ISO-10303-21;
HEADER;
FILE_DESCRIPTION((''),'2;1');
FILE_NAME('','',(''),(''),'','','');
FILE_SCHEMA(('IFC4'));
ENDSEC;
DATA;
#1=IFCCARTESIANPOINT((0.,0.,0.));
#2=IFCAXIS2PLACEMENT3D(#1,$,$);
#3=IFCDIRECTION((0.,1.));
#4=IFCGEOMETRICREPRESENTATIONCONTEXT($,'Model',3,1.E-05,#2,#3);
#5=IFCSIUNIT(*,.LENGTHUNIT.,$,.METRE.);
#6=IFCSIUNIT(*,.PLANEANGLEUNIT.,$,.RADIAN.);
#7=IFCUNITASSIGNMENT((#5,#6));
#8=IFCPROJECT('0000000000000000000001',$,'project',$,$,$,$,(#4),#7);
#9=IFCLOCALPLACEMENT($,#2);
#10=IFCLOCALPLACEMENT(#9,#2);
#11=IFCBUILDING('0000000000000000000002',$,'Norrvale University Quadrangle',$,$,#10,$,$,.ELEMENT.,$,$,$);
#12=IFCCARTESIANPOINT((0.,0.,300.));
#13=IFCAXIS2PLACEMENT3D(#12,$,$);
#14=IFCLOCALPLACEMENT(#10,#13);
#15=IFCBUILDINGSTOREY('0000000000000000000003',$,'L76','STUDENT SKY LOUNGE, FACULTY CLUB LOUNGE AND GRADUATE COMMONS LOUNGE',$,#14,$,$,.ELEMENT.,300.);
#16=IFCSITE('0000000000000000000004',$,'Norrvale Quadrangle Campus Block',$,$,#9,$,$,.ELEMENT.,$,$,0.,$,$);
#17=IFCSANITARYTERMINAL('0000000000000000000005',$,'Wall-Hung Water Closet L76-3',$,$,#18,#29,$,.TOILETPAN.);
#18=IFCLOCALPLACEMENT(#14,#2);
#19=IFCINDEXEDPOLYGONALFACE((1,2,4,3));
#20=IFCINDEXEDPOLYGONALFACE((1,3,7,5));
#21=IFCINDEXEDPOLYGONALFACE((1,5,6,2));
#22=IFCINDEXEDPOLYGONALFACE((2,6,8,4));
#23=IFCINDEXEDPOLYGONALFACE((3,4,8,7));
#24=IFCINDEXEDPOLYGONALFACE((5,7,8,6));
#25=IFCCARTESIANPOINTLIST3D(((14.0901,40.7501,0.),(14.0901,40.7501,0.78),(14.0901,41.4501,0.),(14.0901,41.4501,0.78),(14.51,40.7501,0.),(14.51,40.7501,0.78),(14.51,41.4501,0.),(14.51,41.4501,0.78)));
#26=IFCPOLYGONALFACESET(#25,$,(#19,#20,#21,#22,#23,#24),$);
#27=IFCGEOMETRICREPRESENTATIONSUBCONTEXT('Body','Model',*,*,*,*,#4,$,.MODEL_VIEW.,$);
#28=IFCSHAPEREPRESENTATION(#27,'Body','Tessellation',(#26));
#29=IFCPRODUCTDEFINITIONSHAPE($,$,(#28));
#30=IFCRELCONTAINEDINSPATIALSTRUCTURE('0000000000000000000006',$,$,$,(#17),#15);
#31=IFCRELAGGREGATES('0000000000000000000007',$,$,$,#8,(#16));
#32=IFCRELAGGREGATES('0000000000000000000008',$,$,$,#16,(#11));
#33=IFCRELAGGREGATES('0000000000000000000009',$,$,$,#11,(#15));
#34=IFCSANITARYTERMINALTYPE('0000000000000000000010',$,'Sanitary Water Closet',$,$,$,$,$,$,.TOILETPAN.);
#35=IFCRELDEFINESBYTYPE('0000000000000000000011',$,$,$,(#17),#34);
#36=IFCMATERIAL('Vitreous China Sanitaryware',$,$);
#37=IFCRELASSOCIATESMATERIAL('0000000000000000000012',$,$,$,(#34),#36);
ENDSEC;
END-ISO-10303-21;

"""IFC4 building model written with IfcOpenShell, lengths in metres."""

from ifc_helpers import new_model, si_unit, direction, frame, origin, origin_2d, place, context, subcontext, project, spatial, rectangle, extrude, material, type_object, element, save


model = new_model("IFC4")

# Units and contexts
model_context = context("Model", 3, precision=1e-05, world=origin(), true_north=direction((0.0, 1.0)))
body_context = subcontext(model_context, "Body", "Model", "MODEL_VIEW")
ifc_project = project(units=[si_unit("LENGTHUNIT", "METRE"), si_unit("PLANEANGLEUNIT", "RADIAN")], contexts=[model_context])

# Site, building, storey
site_placement = place(None, origin())
site = spatial("IfcSite", under=ifc_project, at=site_placement, Name="Norrvale Quadrangle Campus Block", CompositionType="ELEMENT", RefElevation=0.0)
building_placement = place(site_placement, origin())
building = spatial("IfcBuilding", under=site, at=building_placement, Name="Norrvale University Quadrangle", CompositionType="ELEMENT")
storey_placement = place(building_placement, frame((0.0, 0.0, 300.0)))
storey = spatial("IfcBuildingStorey", under=building, at=storey_placement, Name="L76", Description="STUDENT SKY LOUNGE, FACULTY CLUB LOUNGE AND GRADUATE COMMONS LOUNGE", CompositionType="ELEMENT", Elevation=300.0)

# Sanitary terminal
ifc_material_1 = material(Name="Vitreous China Sanitaryware")
sanitary_terminal_type_1 = type_object("IfcSanitaryTerminalType", Name="Sanitary Water Closet", PredefinedType="TOILETPAN", material=ifc_material_1)
sanitary_terminal_1_placement = place(storey_placement, frame((14.3, 41.1001, 0.0), z_axis=(0.0, 0.0, 1.0), x_axis=(1.0, 0.0, 0.0)))
element("IfcSanitaryTerminal", 1, at=sanitary_terminal_1_placement, inside=storey, type_object=sanitary_terminal_type_1, Name="Wall-Hung Water Closet L76-3", PredefinedType="TOILETPAN", context=body_context, shape_type="SweptSolid", body=[
    extrude(rectangle(XDim=0.4199, YDim=0.7, at=origin_2d()), origin(), (0.0, 0.0, 1.0), 0.78),
])

save(model, "model.ifc")
